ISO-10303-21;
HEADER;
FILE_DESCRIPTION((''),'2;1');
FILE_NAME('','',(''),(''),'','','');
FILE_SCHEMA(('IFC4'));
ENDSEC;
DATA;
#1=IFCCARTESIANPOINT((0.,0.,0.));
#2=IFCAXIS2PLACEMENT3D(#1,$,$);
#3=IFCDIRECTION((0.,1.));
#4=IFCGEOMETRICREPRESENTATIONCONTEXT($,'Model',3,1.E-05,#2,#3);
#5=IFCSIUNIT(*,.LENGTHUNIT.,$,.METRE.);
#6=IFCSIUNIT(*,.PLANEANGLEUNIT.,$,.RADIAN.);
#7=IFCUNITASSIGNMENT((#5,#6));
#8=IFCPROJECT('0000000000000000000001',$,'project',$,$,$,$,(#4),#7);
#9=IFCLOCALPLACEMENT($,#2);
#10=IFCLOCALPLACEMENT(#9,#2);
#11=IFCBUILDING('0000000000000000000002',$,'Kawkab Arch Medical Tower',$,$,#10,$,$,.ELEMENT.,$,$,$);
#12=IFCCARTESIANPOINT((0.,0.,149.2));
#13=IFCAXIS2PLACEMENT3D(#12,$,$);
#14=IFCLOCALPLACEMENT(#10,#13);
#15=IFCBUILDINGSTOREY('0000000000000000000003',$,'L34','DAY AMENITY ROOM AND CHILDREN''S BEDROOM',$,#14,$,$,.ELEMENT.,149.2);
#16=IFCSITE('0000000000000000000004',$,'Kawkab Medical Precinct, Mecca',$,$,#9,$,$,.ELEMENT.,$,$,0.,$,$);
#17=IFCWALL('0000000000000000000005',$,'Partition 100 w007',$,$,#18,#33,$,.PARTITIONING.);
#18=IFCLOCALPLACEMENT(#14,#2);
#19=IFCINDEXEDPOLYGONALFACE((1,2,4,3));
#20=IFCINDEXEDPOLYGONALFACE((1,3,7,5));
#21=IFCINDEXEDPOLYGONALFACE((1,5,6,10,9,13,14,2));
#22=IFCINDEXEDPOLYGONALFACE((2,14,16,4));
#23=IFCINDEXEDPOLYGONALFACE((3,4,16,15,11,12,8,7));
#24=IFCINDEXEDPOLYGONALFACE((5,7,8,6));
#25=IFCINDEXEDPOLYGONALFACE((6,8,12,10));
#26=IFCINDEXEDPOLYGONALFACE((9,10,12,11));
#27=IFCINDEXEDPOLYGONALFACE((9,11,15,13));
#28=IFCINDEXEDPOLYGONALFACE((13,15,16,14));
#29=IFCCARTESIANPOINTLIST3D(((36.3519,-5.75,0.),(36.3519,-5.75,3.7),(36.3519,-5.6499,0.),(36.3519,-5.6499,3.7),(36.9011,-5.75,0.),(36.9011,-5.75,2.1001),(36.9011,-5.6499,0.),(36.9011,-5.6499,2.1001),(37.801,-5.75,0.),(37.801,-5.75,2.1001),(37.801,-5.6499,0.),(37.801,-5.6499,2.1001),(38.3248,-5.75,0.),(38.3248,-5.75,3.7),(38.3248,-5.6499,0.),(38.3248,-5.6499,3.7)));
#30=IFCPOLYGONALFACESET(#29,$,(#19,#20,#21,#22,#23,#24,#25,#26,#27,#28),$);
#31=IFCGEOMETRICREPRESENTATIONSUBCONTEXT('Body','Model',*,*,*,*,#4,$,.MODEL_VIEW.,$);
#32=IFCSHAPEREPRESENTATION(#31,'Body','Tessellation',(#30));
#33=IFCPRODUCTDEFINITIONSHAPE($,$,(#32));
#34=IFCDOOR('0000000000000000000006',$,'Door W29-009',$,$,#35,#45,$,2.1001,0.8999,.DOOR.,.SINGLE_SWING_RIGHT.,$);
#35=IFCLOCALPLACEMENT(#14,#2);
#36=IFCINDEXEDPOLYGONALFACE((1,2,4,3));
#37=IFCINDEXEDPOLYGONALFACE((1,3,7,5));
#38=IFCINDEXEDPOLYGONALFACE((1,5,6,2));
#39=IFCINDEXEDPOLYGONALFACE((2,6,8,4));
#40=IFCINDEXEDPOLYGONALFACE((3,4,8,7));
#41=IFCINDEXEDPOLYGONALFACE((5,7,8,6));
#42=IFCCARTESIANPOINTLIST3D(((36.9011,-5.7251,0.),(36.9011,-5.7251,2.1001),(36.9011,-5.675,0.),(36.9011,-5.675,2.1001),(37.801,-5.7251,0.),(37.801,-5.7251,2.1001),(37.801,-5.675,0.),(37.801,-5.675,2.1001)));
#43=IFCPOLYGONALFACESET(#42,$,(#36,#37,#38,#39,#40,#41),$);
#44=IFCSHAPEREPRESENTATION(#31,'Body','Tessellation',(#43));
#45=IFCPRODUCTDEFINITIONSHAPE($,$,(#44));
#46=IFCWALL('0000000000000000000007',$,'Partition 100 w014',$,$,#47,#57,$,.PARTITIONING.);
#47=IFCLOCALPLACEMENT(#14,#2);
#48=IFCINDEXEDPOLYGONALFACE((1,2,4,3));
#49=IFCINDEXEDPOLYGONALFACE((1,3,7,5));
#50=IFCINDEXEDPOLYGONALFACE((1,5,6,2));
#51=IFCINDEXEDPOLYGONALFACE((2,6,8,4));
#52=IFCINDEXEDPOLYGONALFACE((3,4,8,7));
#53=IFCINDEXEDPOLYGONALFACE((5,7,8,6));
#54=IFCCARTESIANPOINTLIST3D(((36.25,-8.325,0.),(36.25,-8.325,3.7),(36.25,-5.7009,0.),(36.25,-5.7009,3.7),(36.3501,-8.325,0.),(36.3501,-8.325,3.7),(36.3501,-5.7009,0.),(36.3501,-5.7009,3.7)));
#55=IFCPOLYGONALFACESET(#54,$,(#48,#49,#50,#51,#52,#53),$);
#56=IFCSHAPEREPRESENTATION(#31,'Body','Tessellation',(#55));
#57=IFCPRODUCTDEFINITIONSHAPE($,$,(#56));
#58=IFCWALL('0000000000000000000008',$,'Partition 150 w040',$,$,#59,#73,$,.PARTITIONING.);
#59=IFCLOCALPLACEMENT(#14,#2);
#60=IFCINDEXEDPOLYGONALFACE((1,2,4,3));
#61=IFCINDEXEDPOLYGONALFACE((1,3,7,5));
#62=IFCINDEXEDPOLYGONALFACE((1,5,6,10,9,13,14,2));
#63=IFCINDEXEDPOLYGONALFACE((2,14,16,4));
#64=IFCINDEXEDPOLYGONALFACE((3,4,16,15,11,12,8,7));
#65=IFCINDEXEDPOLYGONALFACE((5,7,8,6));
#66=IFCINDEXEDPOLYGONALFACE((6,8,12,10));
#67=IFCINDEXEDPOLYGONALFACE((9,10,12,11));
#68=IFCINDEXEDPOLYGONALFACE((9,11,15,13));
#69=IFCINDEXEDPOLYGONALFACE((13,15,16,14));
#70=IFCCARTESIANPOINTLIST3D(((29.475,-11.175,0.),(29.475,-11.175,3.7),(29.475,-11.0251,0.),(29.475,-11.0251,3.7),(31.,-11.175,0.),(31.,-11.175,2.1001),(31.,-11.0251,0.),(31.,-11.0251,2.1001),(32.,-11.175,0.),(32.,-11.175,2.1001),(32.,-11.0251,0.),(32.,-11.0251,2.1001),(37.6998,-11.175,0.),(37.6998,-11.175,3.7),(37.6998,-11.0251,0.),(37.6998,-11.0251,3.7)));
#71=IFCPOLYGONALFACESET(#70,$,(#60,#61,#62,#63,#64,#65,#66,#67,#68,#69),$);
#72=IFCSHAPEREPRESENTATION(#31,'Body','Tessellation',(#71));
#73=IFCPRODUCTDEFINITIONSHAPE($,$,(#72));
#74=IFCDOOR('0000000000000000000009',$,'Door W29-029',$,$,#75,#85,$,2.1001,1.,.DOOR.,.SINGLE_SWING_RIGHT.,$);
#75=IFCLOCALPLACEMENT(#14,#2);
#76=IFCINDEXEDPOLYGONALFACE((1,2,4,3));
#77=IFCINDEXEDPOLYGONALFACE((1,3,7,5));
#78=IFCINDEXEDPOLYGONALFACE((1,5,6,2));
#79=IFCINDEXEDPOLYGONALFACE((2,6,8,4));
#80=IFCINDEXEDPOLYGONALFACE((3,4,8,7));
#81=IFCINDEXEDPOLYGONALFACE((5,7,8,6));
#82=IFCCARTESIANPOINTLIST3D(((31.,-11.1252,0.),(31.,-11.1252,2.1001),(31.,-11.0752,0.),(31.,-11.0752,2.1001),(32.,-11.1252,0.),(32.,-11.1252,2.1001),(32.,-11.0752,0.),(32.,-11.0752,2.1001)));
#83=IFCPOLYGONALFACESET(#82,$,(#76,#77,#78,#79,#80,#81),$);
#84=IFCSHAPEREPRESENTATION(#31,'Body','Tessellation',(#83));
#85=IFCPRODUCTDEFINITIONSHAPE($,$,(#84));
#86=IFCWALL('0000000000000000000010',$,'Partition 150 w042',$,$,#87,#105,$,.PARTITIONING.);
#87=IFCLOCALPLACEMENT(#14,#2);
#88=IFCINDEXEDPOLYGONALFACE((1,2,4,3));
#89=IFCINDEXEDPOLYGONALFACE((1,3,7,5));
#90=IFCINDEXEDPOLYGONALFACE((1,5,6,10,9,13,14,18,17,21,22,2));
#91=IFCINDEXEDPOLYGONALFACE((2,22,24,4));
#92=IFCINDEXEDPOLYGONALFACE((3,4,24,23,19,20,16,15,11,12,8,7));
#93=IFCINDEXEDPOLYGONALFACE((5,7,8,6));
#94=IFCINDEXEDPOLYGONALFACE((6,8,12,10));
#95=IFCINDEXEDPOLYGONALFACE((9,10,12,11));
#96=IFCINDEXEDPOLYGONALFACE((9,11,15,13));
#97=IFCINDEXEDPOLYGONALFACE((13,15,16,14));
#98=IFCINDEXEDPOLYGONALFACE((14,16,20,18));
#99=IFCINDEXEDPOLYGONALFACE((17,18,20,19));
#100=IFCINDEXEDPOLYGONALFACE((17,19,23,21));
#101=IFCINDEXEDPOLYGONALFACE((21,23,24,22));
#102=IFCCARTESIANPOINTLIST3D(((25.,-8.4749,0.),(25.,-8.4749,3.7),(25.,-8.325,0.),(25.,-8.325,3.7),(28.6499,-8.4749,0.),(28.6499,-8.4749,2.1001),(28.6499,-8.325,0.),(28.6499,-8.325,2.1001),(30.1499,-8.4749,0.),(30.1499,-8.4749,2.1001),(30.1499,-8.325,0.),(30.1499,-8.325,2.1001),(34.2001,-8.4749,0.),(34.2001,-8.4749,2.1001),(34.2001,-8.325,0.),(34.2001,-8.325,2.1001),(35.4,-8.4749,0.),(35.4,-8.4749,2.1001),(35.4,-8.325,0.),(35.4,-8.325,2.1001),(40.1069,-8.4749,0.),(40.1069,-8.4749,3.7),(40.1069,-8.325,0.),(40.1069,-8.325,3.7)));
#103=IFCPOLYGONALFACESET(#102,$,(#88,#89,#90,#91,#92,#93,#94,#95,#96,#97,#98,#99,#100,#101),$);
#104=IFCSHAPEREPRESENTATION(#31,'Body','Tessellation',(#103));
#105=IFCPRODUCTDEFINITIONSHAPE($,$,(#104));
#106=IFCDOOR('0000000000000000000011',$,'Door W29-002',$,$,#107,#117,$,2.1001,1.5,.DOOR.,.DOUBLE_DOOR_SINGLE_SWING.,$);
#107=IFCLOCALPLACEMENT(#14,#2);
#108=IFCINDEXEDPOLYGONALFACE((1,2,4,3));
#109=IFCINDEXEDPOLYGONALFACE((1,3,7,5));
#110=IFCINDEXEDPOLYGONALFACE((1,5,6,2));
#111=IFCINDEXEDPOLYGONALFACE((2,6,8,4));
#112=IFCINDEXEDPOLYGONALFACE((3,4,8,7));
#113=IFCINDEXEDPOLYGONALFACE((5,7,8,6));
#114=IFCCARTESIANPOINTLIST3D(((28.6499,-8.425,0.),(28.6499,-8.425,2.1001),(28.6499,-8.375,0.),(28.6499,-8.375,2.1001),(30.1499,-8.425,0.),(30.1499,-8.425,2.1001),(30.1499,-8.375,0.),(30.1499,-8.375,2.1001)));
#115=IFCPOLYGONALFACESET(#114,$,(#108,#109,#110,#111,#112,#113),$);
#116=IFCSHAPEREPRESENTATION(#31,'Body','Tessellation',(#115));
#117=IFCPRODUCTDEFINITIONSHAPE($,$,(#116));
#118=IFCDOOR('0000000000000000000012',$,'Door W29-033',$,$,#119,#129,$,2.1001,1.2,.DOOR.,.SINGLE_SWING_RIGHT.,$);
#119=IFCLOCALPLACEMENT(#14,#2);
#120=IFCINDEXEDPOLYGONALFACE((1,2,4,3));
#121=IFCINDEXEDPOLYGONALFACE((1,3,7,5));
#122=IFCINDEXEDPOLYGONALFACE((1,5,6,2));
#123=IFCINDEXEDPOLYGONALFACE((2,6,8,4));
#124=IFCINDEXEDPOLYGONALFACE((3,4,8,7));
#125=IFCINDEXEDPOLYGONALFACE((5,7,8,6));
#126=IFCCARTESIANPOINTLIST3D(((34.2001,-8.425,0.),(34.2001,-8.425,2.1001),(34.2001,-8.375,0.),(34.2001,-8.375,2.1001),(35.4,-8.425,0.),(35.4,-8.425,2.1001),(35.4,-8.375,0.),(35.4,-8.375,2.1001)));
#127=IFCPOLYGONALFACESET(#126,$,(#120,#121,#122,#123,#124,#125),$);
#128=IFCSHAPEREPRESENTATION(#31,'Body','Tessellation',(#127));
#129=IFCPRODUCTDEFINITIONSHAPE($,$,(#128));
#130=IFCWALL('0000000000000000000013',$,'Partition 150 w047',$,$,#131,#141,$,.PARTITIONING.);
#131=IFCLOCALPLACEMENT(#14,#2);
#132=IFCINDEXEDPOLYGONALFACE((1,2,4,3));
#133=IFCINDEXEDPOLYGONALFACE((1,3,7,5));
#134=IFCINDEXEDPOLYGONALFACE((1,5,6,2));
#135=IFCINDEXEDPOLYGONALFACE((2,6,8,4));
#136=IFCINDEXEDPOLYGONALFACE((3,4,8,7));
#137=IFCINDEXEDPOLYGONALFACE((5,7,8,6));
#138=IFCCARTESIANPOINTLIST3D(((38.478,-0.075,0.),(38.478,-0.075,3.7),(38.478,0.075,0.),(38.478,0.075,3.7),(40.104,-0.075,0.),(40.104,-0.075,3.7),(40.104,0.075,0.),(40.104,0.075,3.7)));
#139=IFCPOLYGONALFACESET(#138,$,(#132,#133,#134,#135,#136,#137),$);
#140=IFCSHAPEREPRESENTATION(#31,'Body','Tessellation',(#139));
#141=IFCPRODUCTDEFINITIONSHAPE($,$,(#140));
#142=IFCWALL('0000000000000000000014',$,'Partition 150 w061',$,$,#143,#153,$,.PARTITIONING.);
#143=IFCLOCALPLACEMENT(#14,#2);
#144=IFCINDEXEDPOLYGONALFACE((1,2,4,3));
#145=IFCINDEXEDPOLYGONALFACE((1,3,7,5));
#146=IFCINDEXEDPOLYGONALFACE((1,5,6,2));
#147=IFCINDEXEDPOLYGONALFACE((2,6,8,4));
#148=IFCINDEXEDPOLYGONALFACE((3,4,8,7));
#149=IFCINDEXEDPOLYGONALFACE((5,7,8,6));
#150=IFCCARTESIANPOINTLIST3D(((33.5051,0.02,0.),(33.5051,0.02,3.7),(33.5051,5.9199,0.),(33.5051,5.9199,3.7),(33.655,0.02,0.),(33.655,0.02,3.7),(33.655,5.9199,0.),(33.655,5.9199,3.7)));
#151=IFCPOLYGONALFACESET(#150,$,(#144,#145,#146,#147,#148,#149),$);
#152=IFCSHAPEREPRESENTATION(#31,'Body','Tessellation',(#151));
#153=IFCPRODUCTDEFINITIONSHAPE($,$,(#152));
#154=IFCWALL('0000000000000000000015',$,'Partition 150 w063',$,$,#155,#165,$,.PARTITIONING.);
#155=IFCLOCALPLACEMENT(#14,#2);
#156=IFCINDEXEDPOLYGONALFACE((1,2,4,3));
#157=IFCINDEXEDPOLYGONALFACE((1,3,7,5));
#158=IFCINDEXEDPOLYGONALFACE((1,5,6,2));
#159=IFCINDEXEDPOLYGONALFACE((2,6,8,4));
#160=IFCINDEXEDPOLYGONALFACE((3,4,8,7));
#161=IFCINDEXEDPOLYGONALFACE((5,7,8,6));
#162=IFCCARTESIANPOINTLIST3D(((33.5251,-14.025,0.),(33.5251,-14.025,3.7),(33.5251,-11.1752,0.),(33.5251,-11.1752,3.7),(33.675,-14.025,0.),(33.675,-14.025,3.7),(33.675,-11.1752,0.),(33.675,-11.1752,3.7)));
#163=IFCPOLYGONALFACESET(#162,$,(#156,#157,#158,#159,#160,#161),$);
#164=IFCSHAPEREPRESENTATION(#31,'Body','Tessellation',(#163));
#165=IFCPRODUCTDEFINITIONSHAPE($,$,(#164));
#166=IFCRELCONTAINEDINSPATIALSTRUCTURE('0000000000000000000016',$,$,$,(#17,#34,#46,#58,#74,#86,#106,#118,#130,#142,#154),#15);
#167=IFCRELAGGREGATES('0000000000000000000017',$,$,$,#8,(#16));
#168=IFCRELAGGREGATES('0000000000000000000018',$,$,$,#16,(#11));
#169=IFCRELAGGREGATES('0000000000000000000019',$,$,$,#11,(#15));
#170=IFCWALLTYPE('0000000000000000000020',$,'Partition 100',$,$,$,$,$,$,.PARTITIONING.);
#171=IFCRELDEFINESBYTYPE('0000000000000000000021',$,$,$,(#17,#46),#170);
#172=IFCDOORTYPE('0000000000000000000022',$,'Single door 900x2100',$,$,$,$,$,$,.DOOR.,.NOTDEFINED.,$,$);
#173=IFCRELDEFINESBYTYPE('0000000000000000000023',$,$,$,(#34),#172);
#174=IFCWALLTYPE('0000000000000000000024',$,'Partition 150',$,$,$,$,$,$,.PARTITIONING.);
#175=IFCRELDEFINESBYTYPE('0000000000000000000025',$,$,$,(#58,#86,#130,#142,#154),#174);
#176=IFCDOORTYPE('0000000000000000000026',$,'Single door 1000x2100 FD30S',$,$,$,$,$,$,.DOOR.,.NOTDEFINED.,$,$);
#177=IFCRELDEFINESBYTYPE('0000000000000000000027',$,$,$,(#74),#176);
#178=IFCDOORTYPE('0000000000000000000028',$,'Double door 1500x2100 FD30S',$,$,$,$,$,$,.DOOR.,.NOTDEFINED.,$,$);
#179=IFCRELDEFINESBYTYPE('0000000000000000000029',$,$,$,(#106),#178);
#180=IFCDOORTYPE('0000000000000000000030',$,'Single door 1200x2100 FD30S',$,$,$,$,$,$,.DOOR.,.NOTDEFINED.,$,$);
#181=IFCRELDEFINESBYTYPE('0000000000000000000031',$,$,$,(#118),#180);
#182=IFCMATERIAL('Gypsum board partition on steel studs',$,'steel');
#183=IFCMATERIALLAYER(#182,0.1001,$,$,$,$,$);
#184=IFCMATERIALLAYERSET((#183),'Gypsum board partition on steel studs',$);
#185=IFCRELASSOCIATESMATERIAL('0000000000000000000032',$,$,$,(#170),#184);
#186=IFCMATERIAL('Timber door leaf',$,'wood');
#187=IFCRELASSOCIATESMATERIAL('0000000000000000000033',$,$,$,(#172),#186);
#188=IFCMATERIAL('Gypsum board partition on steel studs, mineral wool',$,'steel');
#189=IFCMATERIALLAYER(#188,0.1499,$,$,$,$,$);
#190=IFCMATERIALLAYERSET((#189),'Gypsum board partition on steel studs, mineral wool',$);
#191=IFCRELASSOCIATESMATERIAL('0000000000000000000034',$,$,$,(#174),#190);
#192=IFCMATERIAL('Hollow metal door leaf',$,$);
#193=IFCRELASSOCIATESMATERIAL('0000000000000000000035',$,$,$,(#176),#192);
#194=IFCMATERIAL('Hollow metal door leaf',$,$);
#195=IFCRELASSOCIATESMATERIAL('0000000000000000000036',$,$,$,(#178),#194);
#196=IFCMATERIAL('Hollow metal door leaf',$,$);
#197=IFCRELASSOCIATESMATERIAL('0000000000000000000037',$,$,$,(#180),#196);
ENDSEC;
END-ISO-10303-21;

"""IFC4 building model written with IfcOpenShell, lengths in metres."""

from ifc_helpers import new_model, si_unit, direction, frame, frame_2d, origin, place, context, subcontext, project, spatial, rectangle, extrude, material, layer, layer_set, type_object, element, fill, save


model = new_model("IFC4")

# Units and contexts
model_context = context("Model", 3, precision=1e-05, world=origin(), true_north=direction((0.0, 1.0)))
body_context = subcontext(model_context, "Body", "Model", "MODEL_VIEW")
ifc_project = project(units=[si_unit("LENGTHUNIT", "METRE"), si_unit("PLANEANGLEUNIT", "RADIAN")], contexts=[model_context])

# Site, building, storey
site_placement = place(None, origin())
site = spatial("IfcSite", under=ifc_project, at=site_placement, Name="Kawkab Medical Precinct, Mecca", CompositionType="ELEMENT", RefElevation=0.0)
building_placement = place(site_placement, origin())
building = spatial("IfcBuilding", under=site, at=building_placement, Name="Kawkab Arch Medical Tower", CompositionType="ELEMENT")
storey_placement = place(building_placement, frame((0.0, 0.0, 149.2)))
storey = spatial("IfcBuildingStorey", under=building, at=storey_placement, Name="L34", Description="DAY AMENITY ROOM AND CHILDREN'S BEDROOM", CompositionType="ELEMENT", Elevation=149.2)

# Wall, opening, door
ifc_material_1 = material(Name="Gypsum board partition on steel studs", Category="steel")
ifc_layer_1 = layer(ifc_material_1, 0.1001)
ifc_layer_set_1 = layer_set([ifc_layer_1], Name="Gypsum board partition on steel studs")
wall_type_1 = type_object("IfcWallType", Name="Partition 100", PredefinedType="PARTITIONING", material=ifc_layer_set_1)
wall_1_placement = place(storey_placement, frame((36.3521, -5.7, 0.0), z_axis=(0.0, 0.0, 1.0), x_axis=(1.0, 0.0, 0.0)))
wall_1 = element("IfcWall", 1, at=wall_1_placement, inside=storey, type_object=wall_type_1, Name="Partition 100 w007", PredefinedType="PARTITIONING", context=body_context, shape_type="SweptSolid", body=[
    extrude(rectangle(XDim=1.9729, YDim=0.1001, at=frame_2d((0.9863, 0.0))), origin(), (0.0, 0.0, 1.0), 3.7),
])
opening_1_placement = place(wall_1_placement, frame((0.5491, 0.0, 0.0)))
opening_1 = element("IfcOpeningElement", 2, at=opening_1_placement, cuts=wall_1, PredefinedType="OPENING", context=body_context, shape_type="SweptSolid", body=[
    extrude(rectangle(XDim=0.8999, YDim=2.1001, at=frame_2d((0.45, 1.05))), frame((0.0, 0.0601, 0.0), z_axis=(0.0, -1.0, 0.0), x_axis=(1.0, 0.0, 0.0)), (0.0, 0.0, 1.0), 0.1201),
])
ifc_material_2 = material(Name="Timber door leaf", Category="wood")
door_type_1 = type_object("IfcDoorType", Name="Single door 900x2100", OperationType="NOTDEFINED", PredefinedType="DOOR", material=ifc_material_2)
door_1_placement = place(opening_1_placement, origin())
door_1 = element("IfcDoor", 3, at=door_1_placement, inside=storey, type_object=door_type_1, Name="Door W29-009", OperationType="SINGLE_SWING_RIGHT", OverallHeight=2.1001, OverallWidth=0.8999, PredefinedType="DOOR", context=body_context, shape_type="SweptSolid", body=[
    extrude(rectangle(XDim=0.8999, YDim=2.1001, at=frame_2d((0.45, 1.05))), frame((0.0, 0.0249, 0.0), z_axis=(0.0, -1.0, 0.0), x_axis=(1.0, 0.0, 0.0)), (0.0, 0.0, 1.0), 0.05),
])
fill(opening_1, door_1)

# Wall
wall_2_placement = place(storey_placement, frame((36.3, -8.325, 0.0), z_axis=(0.0, 0.0, 1.0), x_axis=(0.0, 1.0, 0.0)))
element("IfcWall", 4, at=wall_2_placement, inside=storey, type_object=wall_type_1, Name="Partition 100 w014", PredefinedType="PARTITIONING", context=body_context, shape_type="SweptSolid", body=[
    extrude(rectangle(XDim=2.624, YDim=0.1001, at=frame_2d((1.312, 0.0))), origin(), (0.0, 0.0, 1.0), 3.7),
])

# Wall, opening, door
ifc_material_3 = material(Name="Gypsum board partition on steel studs, mineral wool", Category="steel")
ifc_layer_2 = layer(ifc_material_3, 0.1499)
ifc_layer_set_2 = layer_set([ifc_layer_2], Name="Gypsum board partition on steel studs, mineral wool")
wall_type_2 = type_object("IfcWallType", Name="Partition 150", PredefinedType="PARTITIONING", material=ifc_layer_set_2)
wall_3_placement = place(storey_placement, frame((29.4751, -11.1001, 0.0), z_axis=(0.0, 0.0, 1.0), x_axis=(1.0, 0.0, 0.0)))
wall_3 = element("IfcWall", 5, at=wall_3_placement, inside=storey, type_object=wall_type_2, Name="Partition 150 w040", PredefinedType="PARTITIONING", context=body_context, shape_type="SweptSolid", body=[
    extrude(rectangle(XDim=8.2249, YDim=0.1499, at=frame_2d((4.1123, 0.0))), origin(), (0.0, 0.0, 1.0), 3.7),
])
opening_2_placement = place(wall_3_placement, frame((1.5249, 0.0, 0.0)))
opening_2 = element("IfcOpeningElement", 6, at=opening_2_placement, cuts=wall_3, PredefinedType="OPENING", context=body_context, shape_type="SweptSolid", body=[
    extrude(rectangle(XDim=1.0, YDim=2.1001, at=frame_2d((0.5, 1.05))), frame((0.0, 0.085, 0.0), z_axis=(0.0, -1.0, 0.0), x_axis=(1.0, 0.0, 0.0)), (0.0, 0.0, 1.0), 0.1699),
])
ifc_material_4 = material(Name="Hollow metal door leaf")
door_type_2 = type_object("IfcDoorType", Name="Single door 1000x2100 FD30S", OperationType="NOTDEFINED", PredefinedType="DOOR", material=ifc_material_4)
door_2_placement = place(opening_2_placement, origin())
door_2 = element("IfcDoor", 7, at=door_2_placement, inside=storey, type_object=door_type_2, Name="Door W29-029", OperationType="SINGLE_SWING_RIGHT", OverallHeight=2.1001, OverallWidth=1.0, PredefinedType="DOOR", context=body_context, shape_type="SweptSolid", body=[
    extrude(rectangle(XDim=1.0, YDim=2.1001, at=frame_2d((0.5, 1.05))), frame((0.0, 0.0249, 0.0), z_axis=(0.0, -1.0, 0.0), x_axis=(1.0, 0.0, 0.0)), (0.0, 0.0, 1.0), 0.05),
])
fill(opening_2, door_2)

# Wall, openings, doors
wall_4_placement = place(storey_placement, frame((25.0, -8.3999, 0.0), z_axis=(0.0, 0.0, 1.0), x_axis=(1.0, 0.0, 0.0)))
wall_4 = element("IfcWall", 8, at=wall_4_placement, inside=storey, type_object=wall_type_2, Name="Partition 150 w042", PredefinedType="PARTITIONING", context=body_context, shape_type="SweptSolid", body=[
    extrude(rectangle(XDim=15.1069, YDim=0.1499, at=frame_2d((7.5535, 0.0))), origin(), (0.0, 0.0, 1.0), 3.7),
])
opening_3_placement = place(wall_4_placement, frame((3.6499, 0.0, 0.0)))
opening_3 = element("IfcOpeningElement", 9, at=opening_3_placement, cuts=wall_4, PredefinedType="OPENING", context=body_context, shape_type="SweptSolid", body=[
    extrude(rectangle(XDim=1.5, YDim=2.1001, at=frame_2d((0.75, 1.05))), frame((0.0, 0.085, 0.0), z_axis=(0.0, -1.0, 0.0), x_axis=(1.0, 0.0, 0.0)), (0.0, 0.0, 1.0), 0.1699),
])
opening_4_placement = place(wall_4_placement, frame((9.2, 0.0, 0.0)))
opening_4 = element("IfcOpeningElement", 10, at=opening_4_placement, cuts=wall_4, PredefinedType="OPENING", context=body_context, shape_type="SweptSolid", body=[
    extrude(rectangle(XDim=1.2, YDim=2.1001, at=frame_2d((0.6001, 1.05))), frame((0.0, 0.085, 0.0), z_axis=(0.0, -1.0, 0.0), x_axis=(1.0, 0.0, 0.0)), (0.0, 0.0, 1.0), 0.1699),
])
ifc_material_5 = material(Name="Hollow metal door leaf")
door_type_3 = type_object("IfcDoorType", Name="Double door 1500x2100 FD30S", OperationType="NOTDEFINED", PredefinedType="DOOR", material=ifc_material_5)
door_3_placement = place(opening_3_placement, origin())
door_3 = element("IfcDoor", 11, at=door_3_placement, inside=storey, type_object=door_type_3, Name="Door W29-002", OperationType="DOUBLE_DOOR_SINGLE_SWING", OverallHeight=2.1001, OverallWidth=1.5, PredefinedType="DOOR", context=body_context, shape_type="SweptSolid", body=[
    extrude(rectangle(XDim=1.5, YDim=2.1001, at=frame_2d((0.75, 1.05))), frame((0.0, 0.0249, 0.0), z_axis=(0.0, -1.0, 0.0), x_axis=(1.0, 0.0, 0.0)), (0.0, 0.0, 1.0), 0.05),
])
fill(opening_3, door_3)
ifc_material_6 = material(Name="Hollow metal door leaf")
door_type_4 = type_object("IfcDoorType", Name="Single door 1200x2100 FD30S", OperationType="NOTDEFINED", PredefinedType="DOOR", material=ifc_material_6)
door_4_placement = place(opening_4_placement, origin())
door_4 = element("IfcDoor", 12, at=door_4_placement, inside=storey, type_object=door_type_4, Name="Door W29-033", OperationType="SINGLE_SWING_RIGHT", OverallHeight=2.1001, OverallWidth=1.2, PredefinedType="DOOR", context=body_context, shape_type="SweptSolid", body=[
    extrude(rectangle(XDim=1.2, YDim=2.1001, at=frame_2d((0.6001, 1.05))), frame((0.0, 0.0249, 0.0), z_axis=(0.0, -1.0, 0.0), x_axis=(1.0, 0.0, 0.0)), (0.0, 0.0, 1.0), 0.05),
])
fill(opening_4, door_4)

# Walls
wall_5_placement = place(storey_placement, frame((38.478, 0.0, 0.0), z_axis=(0.0, 0.0, 1.0), x_axis=(1.0, 0.0, 0.0)))
element("IfcWall", 13, at=wall_5_placement, inside=storey, type_object=wall_type_2, Name="Partition 150 w047", PredefinedType="PARTITIONING", context=body_context, shape_type="SweptSolid", body=[
    extrude(rectangle(XDim=1.626, YDim=0.1499, at=frame_2d((0.813, 0.0))), origin(), (0.0, 0.0, 1.0), 3.7),
])
wall_6_placement = place(storey_placement, frame((33.5801, 0.02, 0.0), z_axis=(0.0, 0.0, 1.0), x_axis=(0.0, 1.0, 0.0)))
element("IfcWall", 14, at=wall_6_placement, inside=storey, type_object=wall_type_2, Name="Partition 150 w061", PredefinedType="PARTITIONING", context=body_context, shape_type="SweptSolid", body=[
    extrude(rectangle(XDim=5.8999, YDim=0.1499, at=frame_2d((2.95, 0.0))), origin(), (0.0, 0.0, 1.0), 3.7),
])
wall_7_placement = place(storey_placement, frame((33.6001, -14.0249, 0.0), z_axis=(0.0, 0.0, 1.0), x_axis=(0.0, 1.0, 0.0)))
element("IfcWall", 15, at=wall_7_placement, inside=storey, type_object=wall_type_2, Name="Partition 150 w063", PredefinedType="PARTITIONING", context=body_context, shape_type="SweptSolid", body=[
    extrude(rectangle(XDim=2.8499, YDim=0.1499, at=frame_2d((1.4248, 0.0))), origin(), (0.0, 0.0, 1.0), 3.7),
])

save(model, "model.ifc")
